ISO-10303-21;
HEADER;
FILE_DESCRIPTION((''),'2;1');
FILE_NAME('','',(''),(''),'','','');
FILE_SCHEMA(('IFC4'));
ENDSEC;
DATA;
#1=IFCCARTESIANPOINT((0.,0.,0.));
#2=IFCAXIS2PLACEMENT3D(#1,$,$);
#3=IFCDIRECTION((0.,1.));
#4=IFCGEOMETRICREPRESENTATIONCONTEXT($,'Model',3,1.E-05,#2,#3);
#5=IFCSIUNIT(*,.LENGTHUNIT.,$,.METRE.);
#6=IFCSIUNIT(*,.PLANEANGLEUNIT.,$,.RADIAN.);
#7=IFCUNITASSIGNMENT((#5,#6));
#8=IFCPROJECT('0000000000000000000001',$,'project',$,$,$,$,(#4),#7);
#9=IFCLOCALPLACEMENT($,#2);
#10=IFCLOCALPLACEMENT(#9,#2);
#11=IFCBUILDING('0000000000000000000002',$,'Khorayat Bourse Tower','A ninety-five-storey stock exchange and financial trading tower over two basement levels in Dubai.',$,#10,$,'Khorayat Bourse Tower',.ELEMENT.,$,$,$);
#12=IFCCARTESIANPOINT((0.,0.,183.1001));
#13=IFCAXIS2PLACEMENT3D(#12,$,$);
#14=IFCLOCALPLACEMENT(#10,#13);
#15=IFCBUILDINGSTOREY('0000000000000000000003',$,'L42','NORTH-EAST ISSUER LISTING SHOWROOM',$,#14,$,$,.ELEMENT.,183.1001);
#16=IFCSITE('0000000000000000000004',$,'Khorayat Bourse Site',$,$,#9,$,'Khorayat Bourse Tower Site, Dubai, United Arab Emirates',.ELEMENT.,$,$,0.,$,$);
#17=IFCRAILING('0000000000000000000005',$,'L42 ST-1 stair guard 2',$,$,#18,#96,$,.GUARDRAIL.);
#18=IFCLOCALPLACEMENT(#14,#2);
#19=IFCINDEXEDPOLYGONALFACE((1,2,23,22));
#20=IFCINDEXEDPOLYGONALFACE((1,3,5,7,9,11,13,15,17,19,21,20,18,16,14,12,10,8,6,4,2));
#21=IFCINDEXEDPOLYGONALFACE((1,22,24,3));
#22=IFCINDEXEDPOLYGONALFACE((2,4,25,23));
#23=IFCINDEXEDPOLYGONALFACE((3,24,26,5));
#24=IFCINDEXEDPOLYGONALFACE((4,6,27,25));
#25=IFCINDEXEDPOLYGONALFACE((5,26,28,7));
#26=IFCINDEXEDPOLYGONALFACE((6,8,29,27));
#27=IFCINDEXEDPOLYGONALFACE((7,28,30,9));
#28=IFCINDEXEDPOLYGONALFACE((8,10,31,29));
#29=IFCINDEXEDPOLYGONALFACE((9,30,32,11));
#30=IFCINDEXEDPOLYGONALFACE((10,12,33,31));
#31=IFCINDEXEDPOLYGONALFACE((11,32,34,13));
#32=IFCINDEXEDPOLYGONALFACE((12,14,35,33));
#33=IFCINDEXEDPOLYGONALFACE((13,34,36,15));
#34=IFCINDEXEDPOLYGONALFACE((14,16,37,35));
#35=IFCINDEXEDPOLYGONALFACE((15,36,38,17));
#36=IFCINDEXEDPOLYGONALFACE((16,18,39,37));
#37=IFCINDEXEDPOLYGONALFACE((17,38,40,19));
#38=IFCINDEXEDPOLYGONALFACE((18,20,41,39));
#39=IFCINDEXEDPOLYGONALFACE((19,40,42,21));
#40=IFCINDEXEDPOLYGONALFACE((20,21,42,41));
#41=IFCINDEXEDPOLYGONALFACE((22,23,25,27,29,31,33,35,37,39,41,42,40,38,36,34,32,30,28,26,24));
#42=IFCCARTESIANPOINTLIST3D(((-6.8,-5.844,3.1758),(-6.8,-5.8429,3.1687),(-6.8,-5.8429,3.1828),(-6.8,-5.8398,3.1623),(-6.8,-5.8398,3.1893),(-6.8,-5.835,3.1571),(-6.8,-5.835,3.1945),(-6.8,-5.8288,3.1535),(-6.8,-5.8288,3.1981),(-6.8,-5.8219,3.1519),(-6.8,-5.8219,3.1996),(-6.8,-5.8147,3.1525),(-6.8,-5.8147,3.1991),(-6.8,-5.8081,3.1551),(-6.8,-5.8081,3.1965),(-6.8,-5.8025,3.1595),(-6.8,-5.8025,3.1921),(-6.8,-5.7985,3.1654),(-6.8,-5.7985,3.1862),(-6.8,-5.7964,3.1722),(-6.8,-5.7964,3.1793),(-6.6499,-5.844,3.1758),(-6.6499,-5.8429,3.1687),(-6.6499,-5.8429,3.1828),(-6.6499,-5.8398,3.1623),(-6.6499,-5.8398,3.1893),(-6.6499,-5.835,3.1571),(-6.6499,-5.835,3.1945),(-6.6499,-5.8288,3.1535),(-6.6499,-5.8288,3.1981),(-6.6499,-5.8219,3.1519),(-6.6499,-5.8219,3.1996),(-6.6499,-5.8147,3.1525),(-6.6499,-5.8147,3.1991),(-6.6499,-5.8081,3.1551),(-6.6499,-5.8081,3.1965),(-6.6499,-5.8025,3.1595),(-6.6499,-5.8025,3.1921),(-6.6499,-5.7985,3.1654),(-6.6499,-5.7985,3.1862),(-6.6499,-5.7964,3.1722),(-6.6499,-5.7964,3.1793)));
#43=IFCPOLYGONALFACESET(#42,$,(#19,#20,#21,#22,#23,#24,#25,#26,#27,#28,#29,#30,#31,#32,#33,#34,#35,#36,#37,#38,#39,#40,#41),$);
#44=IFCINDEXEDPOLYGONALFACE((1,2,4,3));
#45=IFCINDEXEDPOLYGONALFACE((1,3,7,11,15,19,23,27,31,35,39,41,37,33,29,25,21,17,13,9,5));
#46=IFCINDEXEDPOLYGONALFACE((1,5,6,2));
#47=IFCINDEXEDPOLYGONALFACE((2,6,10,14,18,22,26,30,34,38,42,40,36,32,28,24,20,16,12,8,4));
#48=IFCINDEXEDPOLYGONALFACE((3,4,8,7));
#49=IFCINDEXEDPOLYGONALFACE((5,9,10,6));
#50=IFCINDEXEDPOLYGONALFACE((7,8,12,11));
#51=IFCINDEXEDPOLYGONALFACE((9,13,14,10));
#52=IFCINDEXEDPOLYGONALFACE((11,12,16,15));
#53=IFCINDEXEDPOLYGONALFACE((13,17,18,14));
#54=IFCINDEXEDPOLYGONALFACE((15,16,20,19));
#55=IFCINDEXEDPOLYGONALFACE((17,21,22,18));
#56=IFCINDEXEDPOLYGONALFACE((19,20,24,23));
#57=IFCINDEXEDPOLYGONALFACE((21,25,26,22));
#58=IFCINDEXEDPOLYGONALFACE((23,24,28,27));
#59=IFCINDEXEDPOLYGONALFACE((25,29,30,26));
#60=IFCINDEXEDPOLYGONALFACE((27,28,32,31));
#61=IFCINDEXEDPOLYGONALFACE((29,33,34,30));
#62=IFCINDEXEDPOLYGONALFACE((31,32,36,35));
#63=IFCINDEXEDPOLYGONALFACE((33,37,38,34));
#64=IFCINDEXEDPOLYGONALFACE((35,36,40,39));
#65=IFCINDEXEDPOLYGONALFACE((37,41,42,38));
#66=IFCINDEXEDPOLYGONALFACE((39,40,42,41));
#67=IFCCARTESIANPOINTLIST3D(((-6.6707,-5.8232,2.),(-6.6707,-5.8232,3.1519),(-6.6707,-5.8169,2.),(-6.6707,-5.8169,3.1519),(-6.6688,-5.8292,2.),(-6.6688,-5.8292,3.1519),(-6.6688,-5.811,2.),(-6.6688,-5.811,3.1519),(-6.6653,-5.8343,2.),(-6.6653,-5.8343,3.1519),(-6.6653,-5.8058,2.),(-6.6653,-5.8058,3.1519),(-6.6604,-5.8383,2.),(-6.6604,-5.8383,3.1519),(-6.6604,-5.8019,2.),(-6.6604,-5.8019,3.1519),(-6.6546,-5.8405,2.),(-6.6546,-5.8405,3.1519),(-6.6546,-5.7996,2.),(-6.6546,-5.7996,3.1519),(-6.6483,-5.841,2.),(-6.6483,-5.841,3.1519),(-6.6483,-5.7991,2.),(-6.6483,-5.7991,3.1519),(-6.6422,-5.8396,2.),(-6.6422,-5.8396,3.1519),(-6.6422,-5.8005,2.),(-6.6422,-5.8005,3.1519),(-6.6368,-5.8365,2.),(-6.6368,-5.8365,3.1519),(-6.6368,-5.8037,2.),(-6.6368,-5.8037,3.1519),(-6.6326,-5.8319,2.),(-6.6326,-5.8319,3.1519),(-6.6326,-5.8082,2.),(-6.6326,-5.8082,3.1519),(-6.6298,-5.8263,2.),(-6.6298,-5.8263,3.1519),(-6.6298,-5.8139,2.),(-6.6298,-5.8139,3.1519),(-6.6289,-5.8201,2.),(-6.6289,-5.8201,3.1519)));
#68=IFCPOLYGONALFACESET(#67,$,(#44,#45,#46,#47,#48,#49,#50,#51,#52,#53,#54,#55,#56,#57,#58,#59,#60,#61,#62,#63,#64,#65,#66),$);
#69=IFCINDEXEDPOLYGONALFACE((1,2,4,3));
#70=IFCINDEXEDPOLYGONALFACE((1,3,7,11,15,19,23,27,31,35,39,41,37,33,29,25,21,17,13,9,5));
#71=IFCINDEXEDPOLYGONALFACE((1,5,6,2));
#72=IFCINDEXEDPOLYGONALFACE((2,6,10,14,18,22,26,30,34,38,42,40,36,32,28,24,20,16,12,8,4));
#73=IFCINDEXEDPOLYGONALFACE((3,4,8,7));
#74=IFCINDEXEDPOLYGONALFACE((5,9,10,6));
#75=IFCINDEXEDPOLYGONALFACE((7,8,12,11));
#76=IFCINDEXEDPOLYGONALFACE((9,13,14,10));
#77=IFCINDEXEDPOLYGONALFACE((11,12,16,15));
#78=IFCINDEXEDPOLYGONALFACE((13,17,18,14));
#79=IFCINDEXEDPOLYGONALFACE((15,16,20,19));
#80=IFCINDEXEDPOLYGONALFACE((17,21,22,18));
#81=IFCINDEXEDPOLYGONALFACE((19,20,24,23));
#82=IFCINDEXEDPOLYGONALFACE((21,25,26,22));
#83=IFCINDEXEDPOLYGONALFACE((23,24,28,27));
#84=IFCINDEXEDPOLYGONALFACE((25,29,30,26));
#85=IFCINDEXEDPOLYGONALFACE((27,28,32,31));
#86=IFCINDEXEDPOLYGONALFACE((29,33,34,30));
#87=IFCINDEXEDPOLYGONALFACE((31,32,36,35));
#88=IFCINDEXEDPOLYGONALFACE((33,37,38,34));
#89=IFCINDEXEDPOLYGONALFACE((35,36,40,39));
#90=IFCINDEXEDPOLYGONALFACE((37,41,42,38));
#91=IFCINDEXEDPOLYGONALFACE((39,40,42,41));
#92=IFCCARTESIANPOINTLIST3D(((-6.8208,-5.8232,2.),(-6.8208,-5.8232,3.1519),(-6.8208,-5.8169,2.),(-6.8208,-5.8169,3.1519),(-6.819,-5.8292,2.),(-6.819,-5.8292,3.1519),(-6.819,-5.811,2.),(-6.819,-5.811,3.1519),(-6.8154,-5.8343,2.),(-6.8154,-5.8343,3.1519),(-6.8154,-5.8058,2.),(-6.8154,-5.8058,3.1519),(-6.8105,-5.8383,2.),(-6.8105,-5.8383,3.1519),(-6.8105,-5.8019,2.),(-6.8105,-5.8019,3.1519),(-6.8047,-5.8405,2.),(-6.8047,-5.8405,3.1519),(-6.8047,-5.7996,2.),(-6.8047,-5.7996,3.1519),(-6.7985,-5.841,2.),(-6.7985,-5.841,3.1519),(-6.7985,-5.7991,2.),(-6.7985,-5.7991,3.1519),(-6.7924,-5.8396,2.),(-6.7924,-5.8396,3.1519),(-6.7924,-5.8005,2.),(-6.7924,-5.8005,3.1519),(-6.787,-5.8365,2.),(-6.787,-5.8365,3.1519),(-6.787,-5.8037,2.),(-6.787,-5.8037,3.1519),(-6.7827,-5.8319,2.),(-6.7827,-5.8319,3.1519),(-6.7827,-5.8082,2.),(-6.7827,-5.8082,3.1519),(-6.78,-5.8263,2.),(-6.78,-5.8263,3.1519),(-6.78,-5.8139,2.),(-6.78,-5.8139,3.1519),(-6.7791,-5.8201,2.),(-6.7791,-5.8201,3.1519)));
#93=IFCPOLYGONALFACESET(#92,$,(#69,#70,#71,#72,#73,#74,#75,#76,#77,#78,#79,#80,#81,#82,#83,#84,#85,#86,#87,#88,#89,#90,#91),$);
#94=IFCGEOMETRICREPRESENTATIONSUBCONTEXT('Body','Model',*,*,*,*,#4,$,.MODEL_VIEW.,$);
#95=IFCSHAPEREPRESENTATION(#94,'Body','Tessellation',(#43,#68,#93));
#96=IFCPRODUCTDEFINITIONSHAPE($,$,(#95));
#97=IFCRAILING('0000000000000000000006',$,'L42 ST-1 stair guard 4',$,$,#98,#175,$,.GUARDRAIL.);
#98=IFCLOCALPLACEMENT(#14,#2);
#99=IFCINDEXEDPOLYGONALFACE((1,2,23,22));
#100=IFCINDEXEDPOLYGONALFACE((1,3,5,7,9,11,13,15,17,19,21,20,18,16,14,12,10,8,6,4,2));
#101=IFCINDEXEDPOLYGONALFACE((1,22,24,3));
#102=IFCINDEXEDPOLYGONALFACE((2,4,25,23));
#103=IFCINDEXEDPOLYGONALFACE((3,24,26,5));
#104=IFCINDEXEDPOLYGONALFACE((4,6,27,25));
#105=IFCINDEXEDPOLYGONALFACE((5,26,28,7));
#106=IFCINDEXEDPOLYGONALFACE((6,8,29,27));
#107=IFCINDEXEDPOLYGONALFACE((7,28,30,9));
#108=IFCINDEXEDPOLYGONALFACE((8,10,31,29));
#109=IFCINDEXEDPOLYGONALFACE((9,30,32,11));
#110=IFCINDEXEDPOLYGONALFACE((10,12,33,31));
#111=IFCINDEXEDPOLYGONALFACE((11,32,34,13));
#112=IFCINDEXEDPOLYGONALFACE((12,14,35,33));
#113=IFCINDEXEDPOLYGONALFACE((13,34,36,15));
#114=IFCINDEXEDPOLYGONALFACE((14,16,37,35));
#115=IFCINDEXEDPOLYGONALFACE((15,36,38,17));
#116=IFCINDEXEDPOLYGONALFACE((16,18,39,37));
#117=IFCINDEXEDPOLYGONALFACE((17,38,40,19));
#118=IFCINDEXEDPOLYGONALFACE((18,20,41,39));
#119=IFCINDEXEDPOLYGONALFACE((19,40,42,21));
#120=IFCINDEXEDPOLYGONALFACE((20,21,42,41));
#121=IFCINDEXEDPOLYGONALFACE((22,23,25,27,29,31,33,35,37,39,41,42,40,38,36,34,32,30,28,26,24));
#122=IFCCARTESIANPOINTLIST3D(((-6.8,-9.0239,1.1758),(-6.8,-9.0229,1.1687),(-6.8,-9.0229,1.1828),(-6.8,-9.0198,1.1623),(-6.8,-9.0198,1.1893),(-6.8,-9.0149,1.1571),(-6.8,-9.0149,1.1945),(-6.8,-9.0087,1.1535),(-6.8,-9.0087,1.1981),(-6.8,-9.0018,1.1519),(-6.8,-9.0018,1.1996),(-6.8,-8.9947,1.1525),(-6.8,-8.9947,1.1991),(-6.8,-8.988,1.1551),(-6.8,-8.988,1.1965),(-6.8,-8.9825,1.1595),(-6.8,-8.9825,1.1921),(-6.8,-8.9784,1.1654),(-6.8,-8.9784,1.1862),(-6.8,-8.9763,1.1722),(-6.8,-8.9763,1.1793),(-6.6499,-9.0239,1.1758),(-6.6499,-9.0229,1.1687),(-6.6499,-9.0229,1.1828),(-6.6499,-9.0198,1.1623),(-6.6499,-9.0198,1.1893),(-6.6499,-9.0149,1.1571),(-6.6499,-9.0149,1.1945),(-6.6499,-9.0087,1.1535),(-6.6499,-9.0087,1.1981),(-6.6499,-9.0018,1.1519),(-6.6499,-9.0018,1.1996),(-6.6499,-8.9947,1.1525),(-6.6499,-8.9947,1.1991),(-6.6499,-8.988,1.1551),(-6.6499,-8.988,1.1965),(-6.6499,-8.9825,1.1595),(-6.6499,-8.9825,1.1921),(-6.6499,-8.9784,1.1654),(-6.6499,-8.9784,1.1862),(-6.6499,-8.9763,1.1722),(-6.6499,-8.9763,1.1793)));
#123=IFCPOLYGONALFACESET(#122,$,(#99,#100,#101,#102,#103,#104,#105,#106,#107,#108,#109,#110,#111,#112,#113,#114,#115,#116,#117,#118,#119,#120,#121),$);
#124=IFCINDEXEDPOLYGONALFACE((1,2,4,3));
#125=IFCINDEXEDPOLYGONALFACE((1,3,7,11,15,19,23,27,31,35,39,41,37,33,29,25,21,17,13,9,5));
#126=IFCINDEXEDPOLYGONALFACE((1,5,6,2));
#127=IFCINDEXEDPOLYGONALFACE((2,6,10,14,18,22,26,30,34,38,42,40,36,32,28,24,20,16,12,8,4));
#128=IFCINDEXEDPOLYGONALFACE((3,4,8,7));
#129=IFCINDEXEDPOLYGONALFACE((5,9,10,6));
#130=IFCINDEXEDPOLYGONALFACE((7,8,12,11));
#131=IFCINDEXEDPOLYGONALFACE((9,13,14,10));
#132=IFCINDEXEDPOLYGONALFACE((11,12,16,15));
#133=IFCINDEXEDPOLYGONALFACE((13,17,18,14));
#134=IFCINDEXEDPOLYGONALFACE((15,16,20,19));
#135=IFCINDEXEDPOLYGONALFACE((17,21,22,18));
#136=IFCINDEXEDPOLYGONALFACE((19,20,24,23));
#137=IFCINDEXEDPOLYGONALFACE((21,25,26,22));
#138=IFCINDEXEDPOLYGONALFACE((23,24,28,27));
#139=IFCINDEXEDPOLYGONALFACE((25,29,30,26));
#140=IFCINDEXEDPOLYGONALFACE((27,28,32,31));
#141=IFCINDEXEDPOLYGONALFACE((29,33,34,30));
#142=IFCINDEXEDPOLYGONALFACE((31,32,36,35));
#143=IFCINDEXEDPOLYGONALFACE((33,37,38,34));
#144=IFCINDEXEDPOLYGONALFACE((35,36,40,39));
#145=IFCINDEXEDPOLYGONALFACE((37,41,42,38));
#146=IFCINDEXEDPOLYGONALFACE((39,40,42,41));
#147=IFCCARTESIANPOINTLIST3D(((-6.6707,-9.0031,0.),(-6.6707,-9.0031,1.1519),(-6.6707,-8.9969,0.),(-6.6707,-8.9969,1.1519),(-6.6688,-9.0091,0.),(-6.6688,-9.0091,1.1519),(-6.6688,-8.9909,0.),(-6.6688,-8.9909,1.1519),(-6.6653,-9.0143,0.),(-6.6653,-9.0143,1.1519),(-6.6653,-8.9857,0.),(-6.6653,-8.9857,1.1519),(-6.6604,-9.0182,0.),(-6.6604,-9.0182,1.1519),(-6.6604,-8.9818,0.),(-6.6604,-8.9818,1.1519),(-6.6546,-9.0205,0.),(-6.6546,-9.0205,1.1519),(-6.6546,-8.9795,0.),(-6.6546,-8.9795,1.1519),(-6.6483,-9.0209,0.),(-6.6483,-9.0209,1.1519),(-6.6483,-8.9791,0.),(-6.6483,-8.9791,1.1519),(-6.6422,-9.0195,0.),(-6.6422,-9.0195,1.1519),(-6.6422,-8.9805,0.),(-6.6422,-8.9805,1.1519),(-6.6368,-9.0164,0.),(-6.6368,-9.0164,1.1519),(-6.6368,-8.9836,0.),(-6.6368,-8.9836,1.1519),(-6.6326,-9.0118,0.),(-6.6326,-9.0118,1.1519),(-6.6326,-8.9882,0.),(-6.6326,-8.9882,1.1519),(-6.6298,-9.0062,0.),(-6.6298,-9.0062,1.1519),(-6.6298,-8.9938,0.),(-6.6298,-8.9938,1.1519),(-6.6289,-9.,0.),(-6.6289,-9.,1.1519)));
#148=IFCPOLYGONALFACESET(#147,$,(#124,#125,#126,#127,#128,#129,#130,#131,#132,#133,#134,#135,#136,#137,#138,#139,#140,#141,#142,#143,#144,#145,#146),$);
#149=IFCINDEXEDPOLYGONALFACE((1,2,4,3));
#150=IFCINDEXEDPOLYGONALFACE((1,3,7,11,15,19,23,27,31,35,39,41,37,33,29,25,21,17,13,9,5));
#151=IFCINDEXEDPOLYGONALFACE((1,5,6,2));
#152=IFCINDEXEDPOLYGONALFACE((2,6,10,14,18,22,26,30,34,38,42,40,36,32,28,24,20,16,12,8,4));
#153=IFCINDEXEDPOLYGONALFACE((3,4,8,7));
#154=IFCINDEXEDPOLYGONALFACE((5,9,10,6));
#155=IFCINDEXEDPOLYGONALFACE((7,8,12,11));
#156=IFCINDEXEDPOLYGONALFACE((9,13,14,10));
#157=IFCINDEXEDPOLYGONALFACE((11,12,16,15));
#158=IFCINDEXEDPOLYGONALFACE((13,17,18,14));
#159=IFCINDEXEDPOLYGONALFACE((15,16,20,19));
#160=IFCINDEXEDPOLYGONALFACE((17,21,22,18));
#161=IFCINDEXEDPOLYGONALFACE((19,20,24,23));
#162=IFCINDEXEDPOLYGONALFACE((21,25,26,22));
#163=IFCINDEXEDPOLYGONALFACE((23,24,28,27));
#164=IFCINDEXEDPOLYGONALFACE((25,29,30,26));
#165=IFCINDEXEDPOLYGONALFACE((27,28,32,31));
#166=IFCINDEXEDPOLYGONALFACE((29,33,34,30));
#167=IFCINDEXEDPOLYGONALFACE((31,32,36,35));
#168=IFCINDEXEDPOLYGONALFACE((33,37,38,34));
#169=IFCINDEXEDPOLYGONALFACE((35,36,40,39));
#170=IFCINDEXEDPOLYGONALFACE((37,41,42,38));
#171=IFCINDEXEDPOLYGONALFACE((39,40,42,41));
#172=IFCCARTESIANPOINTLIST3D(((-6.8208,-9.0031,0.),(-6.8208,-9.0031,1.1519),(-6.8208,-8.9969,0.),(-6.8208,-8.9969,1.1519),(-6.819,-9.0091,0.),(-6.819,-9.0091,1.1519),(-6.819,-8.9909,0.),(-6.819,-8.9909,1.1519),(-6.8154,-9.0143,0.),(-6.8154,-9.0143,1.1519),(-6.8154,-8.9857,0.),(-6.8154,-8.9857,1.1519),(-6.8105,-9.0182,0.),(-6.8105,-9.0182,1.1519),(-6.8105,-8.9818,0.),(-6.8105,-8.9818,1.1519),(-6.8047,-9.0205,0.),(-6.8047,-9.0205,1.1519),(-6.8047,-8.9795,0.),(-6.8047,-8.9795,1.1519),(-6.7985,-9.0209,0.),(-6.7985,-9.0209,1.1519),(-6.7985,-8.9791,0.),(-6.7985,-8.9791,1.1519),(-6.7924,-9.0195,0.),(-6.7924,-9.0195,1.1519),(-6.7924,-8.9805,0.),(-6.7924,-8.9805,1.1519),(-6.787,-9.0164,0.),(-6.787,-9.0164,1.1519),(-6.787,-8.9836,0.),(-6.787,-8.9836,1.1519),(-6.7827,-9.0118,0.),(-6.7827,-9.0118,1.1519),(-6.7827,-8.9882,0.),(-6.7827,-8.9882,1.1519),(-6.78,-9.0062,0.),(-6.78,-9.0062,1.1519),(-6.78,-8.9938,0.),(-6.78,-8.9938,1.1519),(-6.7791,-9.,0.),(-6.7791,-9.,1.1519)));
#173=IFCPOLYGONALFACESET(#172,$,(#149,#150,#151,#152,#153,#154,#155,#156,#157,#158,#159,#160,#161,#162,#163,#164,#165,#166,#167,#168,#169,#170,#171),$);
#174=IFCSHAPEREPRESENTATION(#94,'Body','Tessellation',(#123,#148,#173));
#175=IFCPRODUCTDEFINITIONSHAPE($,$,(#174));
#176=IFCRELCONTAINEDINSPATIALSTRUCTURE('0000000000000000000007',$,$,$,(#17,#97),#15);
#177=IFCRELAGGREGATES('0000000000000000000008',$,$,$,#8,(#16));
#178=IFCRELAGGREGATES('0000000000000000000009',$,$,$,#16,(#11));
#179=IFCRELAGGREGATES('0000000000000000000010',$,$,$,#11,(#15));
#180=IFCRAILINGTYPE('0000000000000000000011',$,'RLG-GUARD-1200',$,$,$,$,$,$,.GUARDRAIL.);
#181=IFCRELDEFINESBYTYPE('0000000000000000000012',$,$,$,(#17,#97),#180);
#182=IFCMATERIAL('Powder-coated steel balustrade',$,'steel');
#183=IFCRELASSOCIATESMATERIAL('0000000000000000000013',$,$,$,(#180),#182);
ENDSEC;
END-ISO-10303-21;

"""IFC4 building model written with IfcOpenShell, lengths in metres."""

from ifc_helpers import new_model, si_unit, direction, frame, origin, origin_2d, place, context, subcontext, project, spatial, circle, extrude, source, transform, mapped, material, type_object, element, save


model = new_model("IFC4")

# Units and contexts
model_context = context("Model", 3, precision=1e-05, world=origin(), true_north=direction((0.0, 1.0)))
body_context = subcontext(model_context, "Body", "Model", "MODEL_VIEW")
ifc_project = project(units=[si_unit("LENGTHUNIT", "METRE"), si_unit("PLANEANGLEUNIT", "RADIAN")], contexts=[model_context])

# Site, building, storey
site_placement = place(None, origin())
site = spatial("IfcSite", under=ifc_project, at=site_placement, Name="Khorayat Bourse Site", LongName="Khorayat Bourse Tower Site, Dubai, United Arab Emirates", CompositionType="ELEMENT", RefElevation=0.0)
building_placement = place(site_placement, origin())
building = spatial("IfcBuilding", under=site, at=building_placement, Name="Khorayat Bourse Tower", Description="A ninety-five-storey stock exchange and financial trading tower over two basement levels in Dubai.", LongName="Khorayat Bourse Tower", CompositionType="ELEMENT")
storey_placement = place(building_placement, frame((0.0, 0.0, 183.1001)))
storey = spatial("IfcBuildingStorey", under=building, at=storey_placement, Name="L42", Description="NORTH-EAST ISSUER LISTING SHOWROOM", CompositionType="ELEMENT", Elevation=183.1001)

# Railings
ifc_material_1 = material(Name="Powder-coated steel balustrade", Category="steel")
railing_type_1 = type_object("IfcRailingType", Name="RLG-GUARD-1200", PredefinedType="GUARDRAIL", material=ifc_material_1)
shared_shape_1 = source(origin(), body_context, "Body", "SweptSolid", [
    extrude(circle(Radius=0.0239, at=origin_2d()), frame((0.0, 0.0, 1.1758), z_axis=(-1.0, 0.0, 0.0), x_axis=(0.0, -1.0, 0.0)), (0.0, 0.0, 1.0), 0.1501),
    extrude(circle(Radius=0.021, at=origin_2d()), origin(), (0.0, 0.0, 1.0), 1.1519),
    extrude(circle(Radius=0.021, at=origin_2d()), frame((-0.1501, 0.0, 0.0)), (0.0, 0.0, 1.0), 1.1519),
])
for number, where, name in (
    (1, (-6.6499, -5.8201, 2.0), "L42 ST-1 stair guard 2"),
    (2, (-6.6499, -9.0, 0.0), "L42 ST-1 stair guard 4"),
):
    element("IfcRailing", number, at=place(storey_placement, frame(where)), inside=storey, type_object=railing_type_1, Name=name, PredefinedType="GUARDRAIL", context=body_context, shape_type="MappedRepresentation", body=[
        mapped(shared_shape_1, transform((0.0, 0.0, 0.0), scale=1.0)),
    ])

save(model, "model.ifc")
